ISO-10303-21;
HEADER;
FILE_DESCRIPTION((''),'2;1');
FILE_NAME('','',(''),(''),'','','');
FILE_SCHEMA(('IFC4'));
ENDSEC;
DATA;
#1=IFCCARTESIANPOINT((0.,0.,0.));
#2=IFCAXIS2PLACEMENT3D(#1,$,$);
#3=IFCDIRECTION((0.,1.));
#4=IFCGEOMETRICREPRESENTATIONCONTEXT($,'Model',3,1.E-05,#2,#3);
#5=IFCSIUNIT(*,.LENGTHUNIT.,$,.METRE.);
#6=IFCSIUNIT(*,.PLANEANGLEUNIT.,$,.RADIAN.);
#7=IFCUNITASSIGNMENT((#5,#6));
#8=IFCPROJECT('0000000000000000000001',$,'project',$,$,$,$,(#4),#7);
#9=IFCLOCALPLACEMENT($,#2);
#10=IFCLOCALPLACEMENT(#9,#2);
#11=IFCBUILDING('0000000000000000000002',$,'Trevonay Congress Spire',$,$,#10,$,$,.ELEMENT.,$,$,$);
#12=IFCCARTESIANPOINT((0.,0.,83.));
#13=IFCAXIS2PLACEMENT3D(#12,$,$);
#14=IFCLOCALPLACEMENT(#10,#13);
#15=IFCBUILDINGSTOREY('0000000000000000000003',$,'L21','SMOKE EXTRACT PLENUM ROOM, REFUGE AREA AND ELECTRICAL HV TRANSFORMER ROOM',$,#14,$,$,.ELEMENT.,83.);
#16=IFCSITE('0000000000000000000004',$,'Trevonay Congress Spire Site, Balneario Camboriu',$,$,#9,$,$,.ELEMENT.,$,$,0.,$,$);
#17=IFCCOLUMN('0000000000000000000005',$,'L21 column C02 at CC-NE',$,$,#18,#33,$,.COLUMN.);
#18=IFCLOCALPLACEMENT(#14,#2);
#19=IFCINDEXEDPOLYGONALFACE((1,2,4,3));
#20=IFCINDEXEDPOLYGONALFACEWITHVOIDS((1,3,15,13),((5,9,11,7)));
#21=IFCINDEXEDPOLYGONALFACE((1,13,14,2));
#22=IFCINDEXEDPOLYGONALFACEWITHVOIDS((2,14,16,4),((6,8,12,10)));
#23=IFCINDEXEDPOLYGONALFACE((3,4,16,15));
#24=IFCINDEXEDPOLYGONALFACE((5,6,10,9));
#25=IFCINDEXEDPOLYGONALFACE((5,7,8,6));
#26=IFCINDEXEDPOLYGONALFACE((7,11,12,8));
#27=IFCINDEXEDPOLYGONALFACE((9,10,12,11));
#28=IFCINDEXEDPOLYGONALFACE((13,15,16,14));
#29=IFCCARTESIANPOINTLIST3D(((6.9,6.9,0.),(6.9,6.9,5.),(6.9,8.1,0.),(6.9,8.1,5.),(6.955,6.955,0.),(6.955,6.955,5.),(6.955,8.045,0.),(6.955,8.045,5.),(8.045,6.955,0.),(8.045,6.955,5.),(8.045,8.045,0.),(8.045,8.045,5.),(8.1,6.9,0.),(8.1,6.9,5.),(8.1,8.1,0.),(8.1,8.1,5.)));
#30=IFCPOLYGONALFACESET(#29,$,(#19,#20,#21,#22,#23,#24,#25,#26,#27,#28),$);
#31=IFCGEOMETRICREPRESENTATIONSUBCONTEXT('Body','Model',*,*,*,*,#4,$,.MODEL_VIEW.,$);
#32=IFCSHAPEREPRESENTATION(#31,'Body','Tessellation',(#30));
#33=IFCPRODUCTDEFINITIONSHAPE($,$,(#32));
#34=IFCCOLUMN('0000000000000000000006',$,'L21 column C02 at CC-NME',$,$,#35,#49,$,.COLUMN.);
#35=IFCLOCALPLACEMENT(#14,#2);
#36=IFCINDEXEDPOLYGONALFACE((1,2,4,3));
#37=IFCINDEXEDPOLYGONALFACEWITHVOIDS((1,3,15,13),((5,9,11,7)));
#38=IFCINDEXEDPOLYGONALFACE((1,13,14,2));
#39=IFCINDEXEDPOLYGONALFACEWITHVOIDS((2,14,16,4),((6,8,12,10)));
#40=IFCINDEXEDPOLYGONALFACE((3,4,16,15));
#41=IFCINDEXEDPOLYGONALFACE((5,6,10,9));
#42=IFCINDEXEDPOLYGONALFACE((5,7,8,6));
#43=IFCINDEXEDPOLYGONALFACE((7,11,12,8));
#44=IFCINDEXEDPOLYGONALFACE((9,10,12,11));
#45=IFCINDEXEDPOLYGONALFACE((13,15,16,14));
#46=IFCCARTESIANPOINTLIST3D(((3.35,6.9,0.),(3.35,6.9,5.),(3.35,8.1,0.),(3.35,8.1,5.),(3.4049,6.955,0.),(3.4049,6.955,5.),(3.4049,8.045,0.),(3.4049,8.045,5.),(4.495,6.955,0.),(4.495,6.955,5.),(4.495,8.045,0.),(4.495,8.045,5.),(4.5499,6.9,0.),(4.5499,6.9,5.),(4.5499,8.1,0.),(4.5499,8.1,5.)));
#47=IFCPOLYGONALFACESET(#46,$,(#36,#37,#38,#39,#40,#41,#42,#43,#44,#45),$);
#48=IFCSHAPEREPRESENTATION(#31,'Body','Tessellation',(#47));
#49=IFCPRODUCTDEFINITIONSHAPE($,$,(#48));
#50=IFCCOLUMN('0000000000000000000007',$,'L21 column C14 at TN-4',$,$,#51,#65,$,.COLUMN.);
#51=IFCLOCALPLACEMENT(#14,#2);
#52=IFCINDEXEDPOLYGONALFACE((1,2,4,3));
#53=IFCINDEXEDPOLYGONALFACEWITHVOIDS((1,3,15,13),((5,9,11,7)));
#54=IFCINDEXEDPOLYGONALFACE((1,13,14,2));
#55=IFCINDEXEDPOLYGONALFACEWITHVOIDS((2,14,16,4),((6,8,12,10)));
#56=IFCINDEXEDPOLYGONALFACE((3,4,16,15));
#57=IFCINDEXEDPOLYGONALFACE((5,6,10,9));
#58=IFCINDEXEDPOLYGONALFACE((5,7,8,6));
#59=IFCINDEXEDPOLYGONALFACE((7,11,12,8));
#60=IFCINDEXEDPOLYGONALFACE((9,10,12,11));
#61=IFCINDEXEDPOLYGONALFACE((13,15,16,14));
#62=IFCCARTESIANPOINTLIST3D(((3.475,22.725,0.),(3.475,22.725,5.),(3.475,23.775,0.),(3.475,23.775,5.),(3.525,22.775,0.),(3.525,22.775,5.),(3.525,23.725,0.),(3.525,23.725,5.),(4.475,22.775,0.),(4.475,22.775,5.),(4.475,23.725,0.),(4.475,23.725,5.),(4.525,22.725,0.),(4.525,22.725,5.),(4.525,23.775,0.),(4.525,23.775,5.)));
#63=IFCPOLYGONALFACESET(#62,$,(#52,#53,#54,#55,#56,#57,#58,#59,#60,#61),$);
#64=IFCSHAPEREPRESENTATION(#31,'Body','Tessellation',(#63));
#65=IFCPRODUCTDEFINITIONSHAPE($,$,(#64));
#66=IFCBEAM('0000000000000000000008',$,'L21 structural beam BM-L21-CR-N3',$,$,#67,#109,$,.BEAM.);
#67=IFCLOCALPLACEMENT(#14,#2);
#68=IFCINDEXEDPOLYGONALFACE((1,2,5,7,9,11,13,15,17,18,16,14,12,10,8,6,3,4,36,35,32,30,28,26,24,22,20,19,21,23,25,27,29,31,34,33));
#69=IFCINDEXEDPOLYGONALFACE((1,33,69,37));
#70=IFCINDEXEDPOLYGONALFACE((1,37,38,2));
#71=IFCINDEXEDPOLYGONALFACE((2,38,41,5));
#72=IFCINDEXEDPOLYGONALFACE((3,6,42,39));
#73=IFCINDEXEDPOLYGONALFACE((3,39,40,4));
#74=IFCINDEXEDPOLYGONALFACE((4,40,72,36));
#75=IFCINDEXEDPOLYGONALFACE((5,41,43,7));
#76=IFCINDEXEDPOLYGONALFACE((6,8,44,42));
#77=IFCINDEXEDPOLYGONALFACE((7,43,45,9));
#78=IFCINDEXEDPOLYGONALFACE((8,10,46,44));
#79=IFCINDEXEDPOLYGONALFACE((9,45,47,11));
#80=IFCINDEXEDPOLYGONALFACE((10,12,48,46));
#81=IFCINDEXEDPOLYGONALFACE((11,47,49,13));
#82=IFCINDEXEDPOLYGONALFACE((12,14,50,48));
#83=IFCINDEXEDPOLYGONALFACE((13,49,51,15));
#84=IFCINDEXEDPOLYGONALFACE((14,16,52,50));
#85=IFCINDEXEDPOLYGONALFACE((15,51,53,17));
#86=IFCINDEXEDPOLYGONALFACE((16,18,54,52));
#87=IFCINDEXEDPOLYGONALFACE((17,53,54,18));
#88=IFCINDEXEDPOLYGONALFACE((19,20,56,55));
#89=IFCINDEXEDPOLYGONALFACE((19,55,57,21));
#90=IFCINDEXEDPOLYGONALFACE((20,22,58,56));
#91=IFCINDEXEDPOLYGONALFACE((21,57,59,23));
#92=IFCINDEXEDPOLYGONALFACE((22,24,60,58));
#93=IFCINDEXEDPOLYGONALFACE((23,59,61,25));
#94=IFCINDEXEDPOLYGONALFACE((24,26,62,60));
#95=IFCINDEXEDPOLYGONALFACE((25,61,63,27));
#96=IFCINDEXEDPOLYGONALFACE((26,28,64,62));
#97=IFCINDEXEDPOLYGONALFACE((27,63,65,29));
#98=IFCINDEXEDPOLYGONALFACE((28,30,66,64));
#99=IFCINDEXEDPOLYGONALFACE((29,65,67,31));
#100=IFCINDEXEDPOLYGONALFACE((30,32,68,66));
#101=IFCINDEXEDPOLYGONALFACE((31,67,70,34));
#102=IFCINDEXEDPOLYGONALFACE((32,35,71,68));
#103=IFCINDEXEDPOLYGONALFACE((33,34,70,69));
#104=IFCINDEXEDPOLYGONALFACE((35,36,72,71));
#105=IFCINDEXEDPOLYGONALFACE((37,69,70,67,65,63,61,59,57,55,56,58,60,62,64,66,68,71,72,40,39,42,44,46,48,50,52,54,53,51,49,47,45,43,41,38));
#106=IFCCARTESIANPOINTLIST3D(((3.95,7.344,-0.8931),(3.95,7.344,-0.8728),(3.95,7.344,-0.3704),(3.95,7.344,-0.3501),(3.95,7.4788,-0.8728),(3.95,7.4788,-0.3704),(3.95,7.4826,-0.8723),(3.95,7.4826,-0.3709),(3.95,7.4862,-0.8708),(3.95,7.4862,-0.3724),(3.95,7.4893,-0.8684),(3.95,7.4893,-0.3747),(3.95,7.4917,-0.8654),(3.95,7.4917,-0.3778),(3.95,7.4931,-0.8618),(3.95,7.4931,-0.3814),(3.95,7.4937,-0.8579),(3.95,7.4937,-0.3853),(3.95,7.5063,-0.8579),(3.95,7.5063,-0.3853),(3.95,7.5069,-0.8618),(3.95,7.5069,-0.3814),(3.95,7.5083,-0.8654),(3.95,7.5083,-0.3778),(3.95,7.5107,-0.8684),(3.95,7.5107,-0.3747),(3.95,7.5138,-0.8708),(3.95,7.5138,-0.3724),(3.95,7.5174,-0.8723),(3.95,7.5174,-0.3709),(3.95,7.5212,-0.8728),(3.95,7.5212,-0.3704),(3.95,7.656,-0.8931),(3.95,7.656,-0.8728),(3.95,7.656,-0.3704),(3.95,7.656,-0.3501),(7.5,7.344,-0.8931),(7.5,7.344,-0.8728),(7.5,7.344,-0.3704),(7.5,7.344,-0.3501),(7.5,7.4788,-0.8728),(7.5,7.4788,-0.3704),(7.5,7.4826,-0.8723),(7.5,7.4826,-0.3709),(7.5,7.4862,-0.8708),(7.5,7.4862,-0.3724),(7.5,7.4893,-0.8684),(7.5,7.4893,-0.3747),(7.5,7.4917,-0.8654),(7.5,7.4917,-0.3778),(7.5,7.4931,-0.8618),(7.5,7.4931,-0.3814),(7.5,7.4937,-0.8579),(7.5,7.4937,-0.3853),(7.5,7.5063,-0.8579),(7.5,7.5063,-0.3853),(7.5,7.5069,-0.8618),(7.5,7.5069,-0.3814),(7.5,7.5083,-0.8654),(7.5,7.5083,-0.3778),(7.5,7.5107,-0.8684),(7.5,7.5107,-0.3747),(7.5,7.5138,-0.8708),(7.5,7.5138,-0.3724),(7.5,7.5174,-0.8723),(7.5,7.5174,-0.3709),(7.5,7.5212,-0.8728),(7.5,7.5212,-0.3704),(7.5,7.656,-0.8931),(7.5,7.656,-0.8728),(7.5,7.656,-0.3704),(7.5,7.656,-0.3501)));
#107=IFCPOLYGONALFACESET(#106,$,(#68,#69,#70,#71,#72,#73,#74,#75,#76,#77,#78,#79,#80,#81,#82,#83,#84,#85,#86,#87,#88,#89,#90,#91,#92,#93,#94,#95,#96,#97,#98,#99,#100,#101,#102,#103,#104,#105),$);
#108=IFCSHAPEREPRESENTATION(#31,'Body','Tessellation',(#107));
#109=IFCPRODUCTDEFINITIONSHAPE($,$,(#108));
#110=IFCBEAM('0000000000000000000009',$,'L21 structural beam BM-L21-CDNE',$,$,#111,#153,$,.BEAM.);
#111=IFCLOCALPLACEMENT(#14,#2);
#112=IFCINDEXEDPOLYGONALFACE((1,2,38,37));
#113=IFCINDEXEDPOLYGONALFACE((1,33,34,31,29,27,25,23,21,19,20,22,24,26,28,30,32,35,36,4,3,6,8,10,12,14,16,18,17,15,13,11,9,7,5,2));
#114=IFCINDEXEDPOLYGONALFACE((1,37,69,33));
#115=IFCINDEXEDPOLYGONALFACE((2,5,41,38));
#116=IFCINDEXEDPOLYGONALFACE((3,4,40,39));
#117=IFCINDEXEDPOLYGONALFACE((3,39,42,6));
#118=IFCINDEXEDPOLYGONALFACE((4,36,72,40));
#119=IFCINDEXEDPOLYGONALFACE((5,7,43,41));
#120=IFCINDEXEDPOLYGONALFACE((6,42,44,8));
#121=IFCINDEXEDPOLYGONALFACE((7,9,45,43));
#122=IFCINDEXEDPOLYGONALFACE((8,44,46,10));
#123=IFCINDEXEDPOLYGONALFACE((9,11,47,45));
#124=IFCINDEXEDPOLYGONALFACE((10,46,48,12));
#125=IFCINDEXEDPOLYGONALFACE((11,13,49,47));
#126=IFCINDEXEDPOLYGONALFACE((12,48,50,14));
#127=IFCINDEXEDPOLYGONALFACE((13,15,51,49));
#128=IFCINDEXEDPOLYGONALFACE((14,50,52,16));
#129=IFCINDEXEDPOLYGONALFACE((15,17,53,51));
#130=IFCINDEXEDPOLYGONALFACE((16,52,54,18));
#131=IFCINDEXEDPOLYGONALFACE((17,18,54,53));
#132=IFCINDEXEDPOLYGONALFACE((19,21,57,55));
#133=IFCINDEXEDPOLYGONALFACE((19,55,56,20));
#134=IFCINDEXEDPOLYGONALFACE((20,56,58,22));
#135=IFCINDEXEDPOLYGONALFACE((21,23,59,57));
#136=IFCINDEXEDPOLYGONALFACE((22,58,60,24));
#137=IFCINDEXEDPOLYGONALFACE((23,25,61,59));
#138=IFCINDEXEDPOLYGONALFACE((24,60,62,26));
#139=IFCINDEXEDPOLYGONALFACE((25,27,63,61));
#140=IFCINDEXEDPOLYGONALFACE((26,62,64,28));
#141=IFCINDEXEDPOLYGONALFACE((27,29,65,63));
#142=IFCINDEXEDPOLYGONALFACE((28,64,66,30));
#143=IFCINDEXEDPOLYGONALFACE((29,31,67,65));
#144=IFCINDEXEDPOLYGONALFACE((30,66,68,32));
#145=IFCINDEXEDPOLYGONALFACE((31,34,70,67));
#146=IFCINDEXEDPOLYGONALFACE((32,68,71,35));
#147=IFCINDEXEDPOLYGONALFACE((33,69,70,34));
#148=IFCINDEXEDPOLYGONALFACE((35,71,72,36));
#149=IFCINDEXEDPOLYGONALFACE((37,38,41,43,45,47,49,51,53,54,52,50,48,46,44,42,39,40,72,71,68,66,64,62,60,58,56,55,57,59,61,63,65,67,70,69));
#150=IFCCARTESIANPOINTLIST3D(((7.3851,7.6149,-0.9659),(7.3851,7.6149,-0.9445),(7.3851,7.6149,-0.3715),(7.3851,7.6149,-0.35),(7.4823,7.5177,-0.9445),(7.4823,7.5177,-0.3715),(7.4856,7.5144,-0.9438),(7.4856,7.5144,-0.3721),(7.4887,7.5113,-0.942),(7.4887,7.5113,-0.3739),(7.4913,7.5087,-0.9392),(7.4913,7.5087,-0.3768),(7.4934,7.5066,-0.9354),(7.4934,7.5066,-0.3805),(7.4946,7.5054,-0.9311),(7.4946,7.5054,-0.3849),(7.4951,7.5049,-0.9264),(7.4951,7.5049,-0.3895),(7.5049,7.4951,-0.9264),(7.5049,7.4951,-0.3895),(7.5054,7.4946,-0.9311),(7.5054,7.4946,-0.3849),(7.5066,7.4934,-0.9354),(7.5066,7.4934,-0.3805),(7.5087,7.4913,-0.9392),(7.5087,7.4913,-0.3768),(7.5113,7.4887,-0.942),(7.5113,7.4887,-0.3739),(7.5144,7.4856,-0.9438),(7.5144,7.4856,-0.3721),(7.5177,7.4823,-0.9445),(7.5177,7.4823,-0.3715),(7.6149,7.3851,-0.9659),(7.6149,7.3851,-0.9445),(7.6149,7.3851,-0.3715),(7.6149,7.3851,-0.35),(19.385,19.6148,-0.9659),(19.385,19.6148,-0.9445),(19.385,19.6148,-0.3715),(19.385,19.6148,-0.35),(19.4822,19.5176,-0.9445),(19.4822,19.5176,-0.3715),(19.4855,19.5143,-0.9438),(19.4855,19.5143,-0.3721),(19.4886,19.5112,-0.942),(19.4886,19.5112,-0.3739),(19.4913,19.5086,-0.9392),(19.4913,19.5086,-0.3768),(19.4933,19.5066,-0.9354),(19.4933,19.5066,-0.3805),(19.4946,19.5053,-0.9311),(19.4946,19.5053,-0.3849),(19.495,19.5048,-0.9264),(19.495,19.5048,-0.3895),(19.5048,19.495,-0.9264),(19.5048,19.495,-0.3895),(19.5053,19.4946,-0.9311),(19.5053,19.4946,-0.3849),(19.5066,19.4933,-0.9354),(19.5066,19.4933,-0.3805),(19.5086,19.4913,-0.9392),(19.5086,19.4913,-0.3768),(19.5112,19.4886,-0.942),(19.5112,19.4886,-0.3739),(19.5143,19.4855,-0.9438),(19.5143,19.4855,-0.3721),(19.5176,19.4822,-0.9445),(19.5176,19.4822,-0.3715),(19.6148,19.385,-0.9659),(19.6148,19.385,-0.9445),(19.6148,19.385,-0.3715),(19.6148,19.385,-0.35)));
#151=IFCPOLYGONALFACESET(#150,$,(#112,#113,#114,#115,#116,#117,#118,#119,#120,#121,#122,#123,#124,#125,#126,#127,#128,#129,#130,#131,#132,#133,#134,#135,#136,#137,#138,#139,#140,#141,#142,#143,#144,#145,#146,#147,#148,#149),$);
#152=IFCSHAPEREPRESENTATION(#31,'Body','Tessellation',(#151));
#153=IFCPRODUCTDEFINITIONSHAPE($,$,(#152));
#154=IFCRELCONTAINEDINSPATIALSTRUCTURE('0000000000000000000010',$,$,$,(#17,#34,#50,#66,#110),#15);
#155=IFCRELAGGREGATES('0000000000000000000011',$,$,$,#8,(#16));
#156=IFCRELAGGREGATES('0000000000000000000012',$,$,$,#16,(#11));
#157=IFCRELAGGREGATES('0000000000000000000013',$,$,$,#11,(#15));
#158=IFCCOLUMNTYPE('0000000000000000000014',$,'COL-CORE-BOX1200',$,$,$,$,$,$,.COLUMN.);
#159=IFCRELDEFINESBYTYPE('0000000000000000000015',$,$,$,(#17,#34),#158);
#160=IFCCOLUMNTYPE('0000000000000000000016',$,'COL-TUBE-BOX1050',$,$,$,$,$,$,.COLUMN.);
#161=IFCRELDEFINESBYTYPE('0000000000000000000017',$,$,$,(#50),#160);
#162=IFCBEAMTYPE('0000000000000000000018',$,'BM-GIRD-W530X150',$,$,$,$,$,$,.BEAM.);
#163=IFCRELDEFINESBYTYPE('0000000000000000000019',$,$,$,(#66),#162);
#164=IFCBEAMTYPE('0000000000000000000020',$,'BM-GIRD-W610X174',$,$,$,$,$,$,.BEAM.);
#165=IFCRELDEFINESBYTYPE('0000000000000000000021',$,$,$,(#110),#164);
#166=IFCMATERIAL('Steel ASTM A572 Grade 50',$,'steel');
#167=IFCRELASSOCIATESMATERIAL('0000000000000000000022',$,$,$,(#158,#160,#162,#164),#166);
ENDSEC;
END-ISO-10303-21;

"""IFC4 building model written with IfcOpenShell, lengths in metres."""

from ifc_helpers import new_model, si_unit, direction, frame, origin, origin_2d, place, context, subcontext, project, spatial, hollow_rectangle, i_section, extrude, material, material_profile, profile_set, type_object, element, save


model = new_model("IFC4")

# Units and contexts
model_context = context("Model", 3, precision=1e-05, world=origin(), true_north=direction((0.0, 1.0)))
body_context = subcontext(model_context, "Body", "Model", "MODEL_VIEW")
ifc_project = project(units=[si_unit("LENGTHUNIT", "METRE"), si_unit("PLANEANGLEUNIT", "RADIAN")], contexts=[model_context])

# Site, building, storey
site_placement = place(None, origin())
site = spatial("IfcSite", under=ifc_project, at=site_placement, Name="Trevonay Congress Spire Site, Balneario Camboriu", CompositionType="ELEMENT", RefElevation=0.0)
building_placement = place(site_placement, origin())
building = spatial("IfcBuilding", under=site, at=building_placement, Name="Trevonay Congress Spire", CompositionType="ELEMENT")
storey_placement = place(building_placement, frame((0.0, 0.0, 83.0)))
storey = spatial("IfcBuildingStorey", under=building, at=storey_placement, Name="L21", Description="SMOKE EXTRACT PLENUM ROOM, REFUGE AREA AND ELECTRICAL HV TRANSFORMER ROOM", CompositionType="ELEMENT", Elevation=83.0)

# Columns
ifc_material_1 = material(Name="Steel ASTM A572 Grade 50", Category="steel")
ifc_material_profile_1 = material_profile(ifc_material_1, hollow_rectangle(XDim=1.2, YDim=1.2, WallThickness=0.0549, at=origin_2d()), Name="BOX 1200x1200x55")
ifc_profile_set_1 = profile_set([ifc_material_profile_1], Name="Steel ASTM A572 Grade 50")
column_type_1 = type_object("IfcColumnType", Name="COL-CORE-BOX1200", PredefinedType="COLUMN", material=ifc_profile_set_1)
for number, where, z_axis, x_axis, name in (
    (1, (7.5, 7.5, 0.0), (0.0, 0.0, 1.0), (1.0, 0.0, 0.0), "L21 column C02 at CC-NE"),
    (2, (3.95, 7.5, 0.0), (0.0, 0.0, 1.0), (1.0, 0.0, 0.0), "L21 column C02 at CC-NME"),
):
    element("IfcColumn", number, at=place(storey_placement, frame(where, z_axis=z_axis, x_axis=x_axis)), inside=storey, type_object=column_type_1, Name=name, PredefinedType="COLUMN", context=body_context, shape_type="SweptSolid", body=[
        extrude(hollow_rectangle(XDim=1.2, YDim=1.2, WallThickness=0.0549, at=origin_2d()), origin(), (0.0, 0.0, 1.0), 5.0),
    ])
ifc_material_profile_2 = material_profile(ifc_material_1, hollow_rectangle(XDim=1.05, YDim=1.05, WallThickness=0.05, at=origin_2d()), Name="BOX 1050x1050x50")
ifc_profile_set_2 = profile_set([ifc_material_profile_2], Name="Steel ASTM A572 Grade 50")
column_type_2 = type_object("IfcColumnType", Name="COL-TUBE-BOX1050", PredefinedType="COLUMN", material=ifc_profile_set_2)
column_placement = place(storey_placement, frame((4.0, 23.25, 0.0), z_axis=(0.0, 0.0, 1.0), x_axis=(1.0, 0.0, 0.0)))
element("IfcColumn", 3, at=column_placement, inside=storey, type_object=column_type_2, Name="L21 column C14 at TN-4", PredefinedType="COLUMN", context=body_context, shape_type="SweptSolid", body=[
    extrude(hollow_rectangle(XDim=1.05, YDim=1.05, WallThickness=0.05, at=origin_2d()), origin(), (0.0, 0.0, 1.0), 5.0),
])

# Beams
ifc_material_profile_3 = material_profile(ifc_material_1, i_section(OverallWidth=0.312, OverallDepth=0.543, WebThickness=0.0127, FlangeThickness=0.0203, FilletRadius=0.0149, at=origin_2d()), Name="W530x150")
ifc_profile_set_3 = profile_set([ifc_material_profile_3], Name="Steel ASTM A572 Grade 50")
beam_type_1 = type_object("IfcBeamType", Name="BM-GIRD-W530X150", PredefinedType="BEAM", material=ifc_profile_set_3)
beam_1_placement = place(storey_placement, frame((3.95, 7.5, -0.6216), z_axis=(1.0, 0.0, 0.0), x_axis=(0.0, 1.0, 0.0)))
element("IfcBeam", 4, at=beam_1_placement, inside=storey, type_object=beam_type_1, Name="L21 structural beam BM-L21-CR-N3", PredefinedType="BEAM", context=body_context, shape_type="SweptSolid", body=[
    extrude(i_section(OverallWidth=0.312, OverallDepth=0.543, WebThickness=0.0127, FlangeThickness=0.0203, FilletRadius=0.0149, at=origin_2d()), origin(), (0.0, 0.0, 1.0), 3.55),
])
ifc_material_profile_4 = material_profile(ifc_material_1, i_section(OverallWidth=0.325, OverallDepth=0.616, WebThickness=0.0139, FlangeThickness=0.0215, FilletRadius=0.0181, at=origin_2d()), Name="W610x174")
ifc_profile_set_4 = profile_set([ifc_material_profile_4], Name="Steel ASTM A572 Grade 50")
beam_type_2 = type_object("IfcBeamType", Name="BM-GIRD-W610X174", PredefinedType="BEAM", material=ifc_profile_set_4)
beam_2_placement = place(storey_placement, frame((7.5, 7.5, -0.658), z_axis=(0.707107, 0.707107, 0.0), x_axis=(-0.707107, 0.707107, 0.0)))
element("IfcBeam", 5, at=beam_2_placement, inside=storey, type_object=beam_type_2, Name="L21 structural beam BM-L21-CDNE", PredefinedType="BEAM", context=body_context, shape_type="SweptSolid", body=[
    extrude(i_section(OverallWidth=0.325, OverallDepth=0.616, WebThickness=0.0139, FlangeThickness=0.0215, FilletRadius=0.0181, at=origin_2d()), origin(), (0.0, 0.0, 1.0), 16.9705),
])

save(model, "model.ifc")
